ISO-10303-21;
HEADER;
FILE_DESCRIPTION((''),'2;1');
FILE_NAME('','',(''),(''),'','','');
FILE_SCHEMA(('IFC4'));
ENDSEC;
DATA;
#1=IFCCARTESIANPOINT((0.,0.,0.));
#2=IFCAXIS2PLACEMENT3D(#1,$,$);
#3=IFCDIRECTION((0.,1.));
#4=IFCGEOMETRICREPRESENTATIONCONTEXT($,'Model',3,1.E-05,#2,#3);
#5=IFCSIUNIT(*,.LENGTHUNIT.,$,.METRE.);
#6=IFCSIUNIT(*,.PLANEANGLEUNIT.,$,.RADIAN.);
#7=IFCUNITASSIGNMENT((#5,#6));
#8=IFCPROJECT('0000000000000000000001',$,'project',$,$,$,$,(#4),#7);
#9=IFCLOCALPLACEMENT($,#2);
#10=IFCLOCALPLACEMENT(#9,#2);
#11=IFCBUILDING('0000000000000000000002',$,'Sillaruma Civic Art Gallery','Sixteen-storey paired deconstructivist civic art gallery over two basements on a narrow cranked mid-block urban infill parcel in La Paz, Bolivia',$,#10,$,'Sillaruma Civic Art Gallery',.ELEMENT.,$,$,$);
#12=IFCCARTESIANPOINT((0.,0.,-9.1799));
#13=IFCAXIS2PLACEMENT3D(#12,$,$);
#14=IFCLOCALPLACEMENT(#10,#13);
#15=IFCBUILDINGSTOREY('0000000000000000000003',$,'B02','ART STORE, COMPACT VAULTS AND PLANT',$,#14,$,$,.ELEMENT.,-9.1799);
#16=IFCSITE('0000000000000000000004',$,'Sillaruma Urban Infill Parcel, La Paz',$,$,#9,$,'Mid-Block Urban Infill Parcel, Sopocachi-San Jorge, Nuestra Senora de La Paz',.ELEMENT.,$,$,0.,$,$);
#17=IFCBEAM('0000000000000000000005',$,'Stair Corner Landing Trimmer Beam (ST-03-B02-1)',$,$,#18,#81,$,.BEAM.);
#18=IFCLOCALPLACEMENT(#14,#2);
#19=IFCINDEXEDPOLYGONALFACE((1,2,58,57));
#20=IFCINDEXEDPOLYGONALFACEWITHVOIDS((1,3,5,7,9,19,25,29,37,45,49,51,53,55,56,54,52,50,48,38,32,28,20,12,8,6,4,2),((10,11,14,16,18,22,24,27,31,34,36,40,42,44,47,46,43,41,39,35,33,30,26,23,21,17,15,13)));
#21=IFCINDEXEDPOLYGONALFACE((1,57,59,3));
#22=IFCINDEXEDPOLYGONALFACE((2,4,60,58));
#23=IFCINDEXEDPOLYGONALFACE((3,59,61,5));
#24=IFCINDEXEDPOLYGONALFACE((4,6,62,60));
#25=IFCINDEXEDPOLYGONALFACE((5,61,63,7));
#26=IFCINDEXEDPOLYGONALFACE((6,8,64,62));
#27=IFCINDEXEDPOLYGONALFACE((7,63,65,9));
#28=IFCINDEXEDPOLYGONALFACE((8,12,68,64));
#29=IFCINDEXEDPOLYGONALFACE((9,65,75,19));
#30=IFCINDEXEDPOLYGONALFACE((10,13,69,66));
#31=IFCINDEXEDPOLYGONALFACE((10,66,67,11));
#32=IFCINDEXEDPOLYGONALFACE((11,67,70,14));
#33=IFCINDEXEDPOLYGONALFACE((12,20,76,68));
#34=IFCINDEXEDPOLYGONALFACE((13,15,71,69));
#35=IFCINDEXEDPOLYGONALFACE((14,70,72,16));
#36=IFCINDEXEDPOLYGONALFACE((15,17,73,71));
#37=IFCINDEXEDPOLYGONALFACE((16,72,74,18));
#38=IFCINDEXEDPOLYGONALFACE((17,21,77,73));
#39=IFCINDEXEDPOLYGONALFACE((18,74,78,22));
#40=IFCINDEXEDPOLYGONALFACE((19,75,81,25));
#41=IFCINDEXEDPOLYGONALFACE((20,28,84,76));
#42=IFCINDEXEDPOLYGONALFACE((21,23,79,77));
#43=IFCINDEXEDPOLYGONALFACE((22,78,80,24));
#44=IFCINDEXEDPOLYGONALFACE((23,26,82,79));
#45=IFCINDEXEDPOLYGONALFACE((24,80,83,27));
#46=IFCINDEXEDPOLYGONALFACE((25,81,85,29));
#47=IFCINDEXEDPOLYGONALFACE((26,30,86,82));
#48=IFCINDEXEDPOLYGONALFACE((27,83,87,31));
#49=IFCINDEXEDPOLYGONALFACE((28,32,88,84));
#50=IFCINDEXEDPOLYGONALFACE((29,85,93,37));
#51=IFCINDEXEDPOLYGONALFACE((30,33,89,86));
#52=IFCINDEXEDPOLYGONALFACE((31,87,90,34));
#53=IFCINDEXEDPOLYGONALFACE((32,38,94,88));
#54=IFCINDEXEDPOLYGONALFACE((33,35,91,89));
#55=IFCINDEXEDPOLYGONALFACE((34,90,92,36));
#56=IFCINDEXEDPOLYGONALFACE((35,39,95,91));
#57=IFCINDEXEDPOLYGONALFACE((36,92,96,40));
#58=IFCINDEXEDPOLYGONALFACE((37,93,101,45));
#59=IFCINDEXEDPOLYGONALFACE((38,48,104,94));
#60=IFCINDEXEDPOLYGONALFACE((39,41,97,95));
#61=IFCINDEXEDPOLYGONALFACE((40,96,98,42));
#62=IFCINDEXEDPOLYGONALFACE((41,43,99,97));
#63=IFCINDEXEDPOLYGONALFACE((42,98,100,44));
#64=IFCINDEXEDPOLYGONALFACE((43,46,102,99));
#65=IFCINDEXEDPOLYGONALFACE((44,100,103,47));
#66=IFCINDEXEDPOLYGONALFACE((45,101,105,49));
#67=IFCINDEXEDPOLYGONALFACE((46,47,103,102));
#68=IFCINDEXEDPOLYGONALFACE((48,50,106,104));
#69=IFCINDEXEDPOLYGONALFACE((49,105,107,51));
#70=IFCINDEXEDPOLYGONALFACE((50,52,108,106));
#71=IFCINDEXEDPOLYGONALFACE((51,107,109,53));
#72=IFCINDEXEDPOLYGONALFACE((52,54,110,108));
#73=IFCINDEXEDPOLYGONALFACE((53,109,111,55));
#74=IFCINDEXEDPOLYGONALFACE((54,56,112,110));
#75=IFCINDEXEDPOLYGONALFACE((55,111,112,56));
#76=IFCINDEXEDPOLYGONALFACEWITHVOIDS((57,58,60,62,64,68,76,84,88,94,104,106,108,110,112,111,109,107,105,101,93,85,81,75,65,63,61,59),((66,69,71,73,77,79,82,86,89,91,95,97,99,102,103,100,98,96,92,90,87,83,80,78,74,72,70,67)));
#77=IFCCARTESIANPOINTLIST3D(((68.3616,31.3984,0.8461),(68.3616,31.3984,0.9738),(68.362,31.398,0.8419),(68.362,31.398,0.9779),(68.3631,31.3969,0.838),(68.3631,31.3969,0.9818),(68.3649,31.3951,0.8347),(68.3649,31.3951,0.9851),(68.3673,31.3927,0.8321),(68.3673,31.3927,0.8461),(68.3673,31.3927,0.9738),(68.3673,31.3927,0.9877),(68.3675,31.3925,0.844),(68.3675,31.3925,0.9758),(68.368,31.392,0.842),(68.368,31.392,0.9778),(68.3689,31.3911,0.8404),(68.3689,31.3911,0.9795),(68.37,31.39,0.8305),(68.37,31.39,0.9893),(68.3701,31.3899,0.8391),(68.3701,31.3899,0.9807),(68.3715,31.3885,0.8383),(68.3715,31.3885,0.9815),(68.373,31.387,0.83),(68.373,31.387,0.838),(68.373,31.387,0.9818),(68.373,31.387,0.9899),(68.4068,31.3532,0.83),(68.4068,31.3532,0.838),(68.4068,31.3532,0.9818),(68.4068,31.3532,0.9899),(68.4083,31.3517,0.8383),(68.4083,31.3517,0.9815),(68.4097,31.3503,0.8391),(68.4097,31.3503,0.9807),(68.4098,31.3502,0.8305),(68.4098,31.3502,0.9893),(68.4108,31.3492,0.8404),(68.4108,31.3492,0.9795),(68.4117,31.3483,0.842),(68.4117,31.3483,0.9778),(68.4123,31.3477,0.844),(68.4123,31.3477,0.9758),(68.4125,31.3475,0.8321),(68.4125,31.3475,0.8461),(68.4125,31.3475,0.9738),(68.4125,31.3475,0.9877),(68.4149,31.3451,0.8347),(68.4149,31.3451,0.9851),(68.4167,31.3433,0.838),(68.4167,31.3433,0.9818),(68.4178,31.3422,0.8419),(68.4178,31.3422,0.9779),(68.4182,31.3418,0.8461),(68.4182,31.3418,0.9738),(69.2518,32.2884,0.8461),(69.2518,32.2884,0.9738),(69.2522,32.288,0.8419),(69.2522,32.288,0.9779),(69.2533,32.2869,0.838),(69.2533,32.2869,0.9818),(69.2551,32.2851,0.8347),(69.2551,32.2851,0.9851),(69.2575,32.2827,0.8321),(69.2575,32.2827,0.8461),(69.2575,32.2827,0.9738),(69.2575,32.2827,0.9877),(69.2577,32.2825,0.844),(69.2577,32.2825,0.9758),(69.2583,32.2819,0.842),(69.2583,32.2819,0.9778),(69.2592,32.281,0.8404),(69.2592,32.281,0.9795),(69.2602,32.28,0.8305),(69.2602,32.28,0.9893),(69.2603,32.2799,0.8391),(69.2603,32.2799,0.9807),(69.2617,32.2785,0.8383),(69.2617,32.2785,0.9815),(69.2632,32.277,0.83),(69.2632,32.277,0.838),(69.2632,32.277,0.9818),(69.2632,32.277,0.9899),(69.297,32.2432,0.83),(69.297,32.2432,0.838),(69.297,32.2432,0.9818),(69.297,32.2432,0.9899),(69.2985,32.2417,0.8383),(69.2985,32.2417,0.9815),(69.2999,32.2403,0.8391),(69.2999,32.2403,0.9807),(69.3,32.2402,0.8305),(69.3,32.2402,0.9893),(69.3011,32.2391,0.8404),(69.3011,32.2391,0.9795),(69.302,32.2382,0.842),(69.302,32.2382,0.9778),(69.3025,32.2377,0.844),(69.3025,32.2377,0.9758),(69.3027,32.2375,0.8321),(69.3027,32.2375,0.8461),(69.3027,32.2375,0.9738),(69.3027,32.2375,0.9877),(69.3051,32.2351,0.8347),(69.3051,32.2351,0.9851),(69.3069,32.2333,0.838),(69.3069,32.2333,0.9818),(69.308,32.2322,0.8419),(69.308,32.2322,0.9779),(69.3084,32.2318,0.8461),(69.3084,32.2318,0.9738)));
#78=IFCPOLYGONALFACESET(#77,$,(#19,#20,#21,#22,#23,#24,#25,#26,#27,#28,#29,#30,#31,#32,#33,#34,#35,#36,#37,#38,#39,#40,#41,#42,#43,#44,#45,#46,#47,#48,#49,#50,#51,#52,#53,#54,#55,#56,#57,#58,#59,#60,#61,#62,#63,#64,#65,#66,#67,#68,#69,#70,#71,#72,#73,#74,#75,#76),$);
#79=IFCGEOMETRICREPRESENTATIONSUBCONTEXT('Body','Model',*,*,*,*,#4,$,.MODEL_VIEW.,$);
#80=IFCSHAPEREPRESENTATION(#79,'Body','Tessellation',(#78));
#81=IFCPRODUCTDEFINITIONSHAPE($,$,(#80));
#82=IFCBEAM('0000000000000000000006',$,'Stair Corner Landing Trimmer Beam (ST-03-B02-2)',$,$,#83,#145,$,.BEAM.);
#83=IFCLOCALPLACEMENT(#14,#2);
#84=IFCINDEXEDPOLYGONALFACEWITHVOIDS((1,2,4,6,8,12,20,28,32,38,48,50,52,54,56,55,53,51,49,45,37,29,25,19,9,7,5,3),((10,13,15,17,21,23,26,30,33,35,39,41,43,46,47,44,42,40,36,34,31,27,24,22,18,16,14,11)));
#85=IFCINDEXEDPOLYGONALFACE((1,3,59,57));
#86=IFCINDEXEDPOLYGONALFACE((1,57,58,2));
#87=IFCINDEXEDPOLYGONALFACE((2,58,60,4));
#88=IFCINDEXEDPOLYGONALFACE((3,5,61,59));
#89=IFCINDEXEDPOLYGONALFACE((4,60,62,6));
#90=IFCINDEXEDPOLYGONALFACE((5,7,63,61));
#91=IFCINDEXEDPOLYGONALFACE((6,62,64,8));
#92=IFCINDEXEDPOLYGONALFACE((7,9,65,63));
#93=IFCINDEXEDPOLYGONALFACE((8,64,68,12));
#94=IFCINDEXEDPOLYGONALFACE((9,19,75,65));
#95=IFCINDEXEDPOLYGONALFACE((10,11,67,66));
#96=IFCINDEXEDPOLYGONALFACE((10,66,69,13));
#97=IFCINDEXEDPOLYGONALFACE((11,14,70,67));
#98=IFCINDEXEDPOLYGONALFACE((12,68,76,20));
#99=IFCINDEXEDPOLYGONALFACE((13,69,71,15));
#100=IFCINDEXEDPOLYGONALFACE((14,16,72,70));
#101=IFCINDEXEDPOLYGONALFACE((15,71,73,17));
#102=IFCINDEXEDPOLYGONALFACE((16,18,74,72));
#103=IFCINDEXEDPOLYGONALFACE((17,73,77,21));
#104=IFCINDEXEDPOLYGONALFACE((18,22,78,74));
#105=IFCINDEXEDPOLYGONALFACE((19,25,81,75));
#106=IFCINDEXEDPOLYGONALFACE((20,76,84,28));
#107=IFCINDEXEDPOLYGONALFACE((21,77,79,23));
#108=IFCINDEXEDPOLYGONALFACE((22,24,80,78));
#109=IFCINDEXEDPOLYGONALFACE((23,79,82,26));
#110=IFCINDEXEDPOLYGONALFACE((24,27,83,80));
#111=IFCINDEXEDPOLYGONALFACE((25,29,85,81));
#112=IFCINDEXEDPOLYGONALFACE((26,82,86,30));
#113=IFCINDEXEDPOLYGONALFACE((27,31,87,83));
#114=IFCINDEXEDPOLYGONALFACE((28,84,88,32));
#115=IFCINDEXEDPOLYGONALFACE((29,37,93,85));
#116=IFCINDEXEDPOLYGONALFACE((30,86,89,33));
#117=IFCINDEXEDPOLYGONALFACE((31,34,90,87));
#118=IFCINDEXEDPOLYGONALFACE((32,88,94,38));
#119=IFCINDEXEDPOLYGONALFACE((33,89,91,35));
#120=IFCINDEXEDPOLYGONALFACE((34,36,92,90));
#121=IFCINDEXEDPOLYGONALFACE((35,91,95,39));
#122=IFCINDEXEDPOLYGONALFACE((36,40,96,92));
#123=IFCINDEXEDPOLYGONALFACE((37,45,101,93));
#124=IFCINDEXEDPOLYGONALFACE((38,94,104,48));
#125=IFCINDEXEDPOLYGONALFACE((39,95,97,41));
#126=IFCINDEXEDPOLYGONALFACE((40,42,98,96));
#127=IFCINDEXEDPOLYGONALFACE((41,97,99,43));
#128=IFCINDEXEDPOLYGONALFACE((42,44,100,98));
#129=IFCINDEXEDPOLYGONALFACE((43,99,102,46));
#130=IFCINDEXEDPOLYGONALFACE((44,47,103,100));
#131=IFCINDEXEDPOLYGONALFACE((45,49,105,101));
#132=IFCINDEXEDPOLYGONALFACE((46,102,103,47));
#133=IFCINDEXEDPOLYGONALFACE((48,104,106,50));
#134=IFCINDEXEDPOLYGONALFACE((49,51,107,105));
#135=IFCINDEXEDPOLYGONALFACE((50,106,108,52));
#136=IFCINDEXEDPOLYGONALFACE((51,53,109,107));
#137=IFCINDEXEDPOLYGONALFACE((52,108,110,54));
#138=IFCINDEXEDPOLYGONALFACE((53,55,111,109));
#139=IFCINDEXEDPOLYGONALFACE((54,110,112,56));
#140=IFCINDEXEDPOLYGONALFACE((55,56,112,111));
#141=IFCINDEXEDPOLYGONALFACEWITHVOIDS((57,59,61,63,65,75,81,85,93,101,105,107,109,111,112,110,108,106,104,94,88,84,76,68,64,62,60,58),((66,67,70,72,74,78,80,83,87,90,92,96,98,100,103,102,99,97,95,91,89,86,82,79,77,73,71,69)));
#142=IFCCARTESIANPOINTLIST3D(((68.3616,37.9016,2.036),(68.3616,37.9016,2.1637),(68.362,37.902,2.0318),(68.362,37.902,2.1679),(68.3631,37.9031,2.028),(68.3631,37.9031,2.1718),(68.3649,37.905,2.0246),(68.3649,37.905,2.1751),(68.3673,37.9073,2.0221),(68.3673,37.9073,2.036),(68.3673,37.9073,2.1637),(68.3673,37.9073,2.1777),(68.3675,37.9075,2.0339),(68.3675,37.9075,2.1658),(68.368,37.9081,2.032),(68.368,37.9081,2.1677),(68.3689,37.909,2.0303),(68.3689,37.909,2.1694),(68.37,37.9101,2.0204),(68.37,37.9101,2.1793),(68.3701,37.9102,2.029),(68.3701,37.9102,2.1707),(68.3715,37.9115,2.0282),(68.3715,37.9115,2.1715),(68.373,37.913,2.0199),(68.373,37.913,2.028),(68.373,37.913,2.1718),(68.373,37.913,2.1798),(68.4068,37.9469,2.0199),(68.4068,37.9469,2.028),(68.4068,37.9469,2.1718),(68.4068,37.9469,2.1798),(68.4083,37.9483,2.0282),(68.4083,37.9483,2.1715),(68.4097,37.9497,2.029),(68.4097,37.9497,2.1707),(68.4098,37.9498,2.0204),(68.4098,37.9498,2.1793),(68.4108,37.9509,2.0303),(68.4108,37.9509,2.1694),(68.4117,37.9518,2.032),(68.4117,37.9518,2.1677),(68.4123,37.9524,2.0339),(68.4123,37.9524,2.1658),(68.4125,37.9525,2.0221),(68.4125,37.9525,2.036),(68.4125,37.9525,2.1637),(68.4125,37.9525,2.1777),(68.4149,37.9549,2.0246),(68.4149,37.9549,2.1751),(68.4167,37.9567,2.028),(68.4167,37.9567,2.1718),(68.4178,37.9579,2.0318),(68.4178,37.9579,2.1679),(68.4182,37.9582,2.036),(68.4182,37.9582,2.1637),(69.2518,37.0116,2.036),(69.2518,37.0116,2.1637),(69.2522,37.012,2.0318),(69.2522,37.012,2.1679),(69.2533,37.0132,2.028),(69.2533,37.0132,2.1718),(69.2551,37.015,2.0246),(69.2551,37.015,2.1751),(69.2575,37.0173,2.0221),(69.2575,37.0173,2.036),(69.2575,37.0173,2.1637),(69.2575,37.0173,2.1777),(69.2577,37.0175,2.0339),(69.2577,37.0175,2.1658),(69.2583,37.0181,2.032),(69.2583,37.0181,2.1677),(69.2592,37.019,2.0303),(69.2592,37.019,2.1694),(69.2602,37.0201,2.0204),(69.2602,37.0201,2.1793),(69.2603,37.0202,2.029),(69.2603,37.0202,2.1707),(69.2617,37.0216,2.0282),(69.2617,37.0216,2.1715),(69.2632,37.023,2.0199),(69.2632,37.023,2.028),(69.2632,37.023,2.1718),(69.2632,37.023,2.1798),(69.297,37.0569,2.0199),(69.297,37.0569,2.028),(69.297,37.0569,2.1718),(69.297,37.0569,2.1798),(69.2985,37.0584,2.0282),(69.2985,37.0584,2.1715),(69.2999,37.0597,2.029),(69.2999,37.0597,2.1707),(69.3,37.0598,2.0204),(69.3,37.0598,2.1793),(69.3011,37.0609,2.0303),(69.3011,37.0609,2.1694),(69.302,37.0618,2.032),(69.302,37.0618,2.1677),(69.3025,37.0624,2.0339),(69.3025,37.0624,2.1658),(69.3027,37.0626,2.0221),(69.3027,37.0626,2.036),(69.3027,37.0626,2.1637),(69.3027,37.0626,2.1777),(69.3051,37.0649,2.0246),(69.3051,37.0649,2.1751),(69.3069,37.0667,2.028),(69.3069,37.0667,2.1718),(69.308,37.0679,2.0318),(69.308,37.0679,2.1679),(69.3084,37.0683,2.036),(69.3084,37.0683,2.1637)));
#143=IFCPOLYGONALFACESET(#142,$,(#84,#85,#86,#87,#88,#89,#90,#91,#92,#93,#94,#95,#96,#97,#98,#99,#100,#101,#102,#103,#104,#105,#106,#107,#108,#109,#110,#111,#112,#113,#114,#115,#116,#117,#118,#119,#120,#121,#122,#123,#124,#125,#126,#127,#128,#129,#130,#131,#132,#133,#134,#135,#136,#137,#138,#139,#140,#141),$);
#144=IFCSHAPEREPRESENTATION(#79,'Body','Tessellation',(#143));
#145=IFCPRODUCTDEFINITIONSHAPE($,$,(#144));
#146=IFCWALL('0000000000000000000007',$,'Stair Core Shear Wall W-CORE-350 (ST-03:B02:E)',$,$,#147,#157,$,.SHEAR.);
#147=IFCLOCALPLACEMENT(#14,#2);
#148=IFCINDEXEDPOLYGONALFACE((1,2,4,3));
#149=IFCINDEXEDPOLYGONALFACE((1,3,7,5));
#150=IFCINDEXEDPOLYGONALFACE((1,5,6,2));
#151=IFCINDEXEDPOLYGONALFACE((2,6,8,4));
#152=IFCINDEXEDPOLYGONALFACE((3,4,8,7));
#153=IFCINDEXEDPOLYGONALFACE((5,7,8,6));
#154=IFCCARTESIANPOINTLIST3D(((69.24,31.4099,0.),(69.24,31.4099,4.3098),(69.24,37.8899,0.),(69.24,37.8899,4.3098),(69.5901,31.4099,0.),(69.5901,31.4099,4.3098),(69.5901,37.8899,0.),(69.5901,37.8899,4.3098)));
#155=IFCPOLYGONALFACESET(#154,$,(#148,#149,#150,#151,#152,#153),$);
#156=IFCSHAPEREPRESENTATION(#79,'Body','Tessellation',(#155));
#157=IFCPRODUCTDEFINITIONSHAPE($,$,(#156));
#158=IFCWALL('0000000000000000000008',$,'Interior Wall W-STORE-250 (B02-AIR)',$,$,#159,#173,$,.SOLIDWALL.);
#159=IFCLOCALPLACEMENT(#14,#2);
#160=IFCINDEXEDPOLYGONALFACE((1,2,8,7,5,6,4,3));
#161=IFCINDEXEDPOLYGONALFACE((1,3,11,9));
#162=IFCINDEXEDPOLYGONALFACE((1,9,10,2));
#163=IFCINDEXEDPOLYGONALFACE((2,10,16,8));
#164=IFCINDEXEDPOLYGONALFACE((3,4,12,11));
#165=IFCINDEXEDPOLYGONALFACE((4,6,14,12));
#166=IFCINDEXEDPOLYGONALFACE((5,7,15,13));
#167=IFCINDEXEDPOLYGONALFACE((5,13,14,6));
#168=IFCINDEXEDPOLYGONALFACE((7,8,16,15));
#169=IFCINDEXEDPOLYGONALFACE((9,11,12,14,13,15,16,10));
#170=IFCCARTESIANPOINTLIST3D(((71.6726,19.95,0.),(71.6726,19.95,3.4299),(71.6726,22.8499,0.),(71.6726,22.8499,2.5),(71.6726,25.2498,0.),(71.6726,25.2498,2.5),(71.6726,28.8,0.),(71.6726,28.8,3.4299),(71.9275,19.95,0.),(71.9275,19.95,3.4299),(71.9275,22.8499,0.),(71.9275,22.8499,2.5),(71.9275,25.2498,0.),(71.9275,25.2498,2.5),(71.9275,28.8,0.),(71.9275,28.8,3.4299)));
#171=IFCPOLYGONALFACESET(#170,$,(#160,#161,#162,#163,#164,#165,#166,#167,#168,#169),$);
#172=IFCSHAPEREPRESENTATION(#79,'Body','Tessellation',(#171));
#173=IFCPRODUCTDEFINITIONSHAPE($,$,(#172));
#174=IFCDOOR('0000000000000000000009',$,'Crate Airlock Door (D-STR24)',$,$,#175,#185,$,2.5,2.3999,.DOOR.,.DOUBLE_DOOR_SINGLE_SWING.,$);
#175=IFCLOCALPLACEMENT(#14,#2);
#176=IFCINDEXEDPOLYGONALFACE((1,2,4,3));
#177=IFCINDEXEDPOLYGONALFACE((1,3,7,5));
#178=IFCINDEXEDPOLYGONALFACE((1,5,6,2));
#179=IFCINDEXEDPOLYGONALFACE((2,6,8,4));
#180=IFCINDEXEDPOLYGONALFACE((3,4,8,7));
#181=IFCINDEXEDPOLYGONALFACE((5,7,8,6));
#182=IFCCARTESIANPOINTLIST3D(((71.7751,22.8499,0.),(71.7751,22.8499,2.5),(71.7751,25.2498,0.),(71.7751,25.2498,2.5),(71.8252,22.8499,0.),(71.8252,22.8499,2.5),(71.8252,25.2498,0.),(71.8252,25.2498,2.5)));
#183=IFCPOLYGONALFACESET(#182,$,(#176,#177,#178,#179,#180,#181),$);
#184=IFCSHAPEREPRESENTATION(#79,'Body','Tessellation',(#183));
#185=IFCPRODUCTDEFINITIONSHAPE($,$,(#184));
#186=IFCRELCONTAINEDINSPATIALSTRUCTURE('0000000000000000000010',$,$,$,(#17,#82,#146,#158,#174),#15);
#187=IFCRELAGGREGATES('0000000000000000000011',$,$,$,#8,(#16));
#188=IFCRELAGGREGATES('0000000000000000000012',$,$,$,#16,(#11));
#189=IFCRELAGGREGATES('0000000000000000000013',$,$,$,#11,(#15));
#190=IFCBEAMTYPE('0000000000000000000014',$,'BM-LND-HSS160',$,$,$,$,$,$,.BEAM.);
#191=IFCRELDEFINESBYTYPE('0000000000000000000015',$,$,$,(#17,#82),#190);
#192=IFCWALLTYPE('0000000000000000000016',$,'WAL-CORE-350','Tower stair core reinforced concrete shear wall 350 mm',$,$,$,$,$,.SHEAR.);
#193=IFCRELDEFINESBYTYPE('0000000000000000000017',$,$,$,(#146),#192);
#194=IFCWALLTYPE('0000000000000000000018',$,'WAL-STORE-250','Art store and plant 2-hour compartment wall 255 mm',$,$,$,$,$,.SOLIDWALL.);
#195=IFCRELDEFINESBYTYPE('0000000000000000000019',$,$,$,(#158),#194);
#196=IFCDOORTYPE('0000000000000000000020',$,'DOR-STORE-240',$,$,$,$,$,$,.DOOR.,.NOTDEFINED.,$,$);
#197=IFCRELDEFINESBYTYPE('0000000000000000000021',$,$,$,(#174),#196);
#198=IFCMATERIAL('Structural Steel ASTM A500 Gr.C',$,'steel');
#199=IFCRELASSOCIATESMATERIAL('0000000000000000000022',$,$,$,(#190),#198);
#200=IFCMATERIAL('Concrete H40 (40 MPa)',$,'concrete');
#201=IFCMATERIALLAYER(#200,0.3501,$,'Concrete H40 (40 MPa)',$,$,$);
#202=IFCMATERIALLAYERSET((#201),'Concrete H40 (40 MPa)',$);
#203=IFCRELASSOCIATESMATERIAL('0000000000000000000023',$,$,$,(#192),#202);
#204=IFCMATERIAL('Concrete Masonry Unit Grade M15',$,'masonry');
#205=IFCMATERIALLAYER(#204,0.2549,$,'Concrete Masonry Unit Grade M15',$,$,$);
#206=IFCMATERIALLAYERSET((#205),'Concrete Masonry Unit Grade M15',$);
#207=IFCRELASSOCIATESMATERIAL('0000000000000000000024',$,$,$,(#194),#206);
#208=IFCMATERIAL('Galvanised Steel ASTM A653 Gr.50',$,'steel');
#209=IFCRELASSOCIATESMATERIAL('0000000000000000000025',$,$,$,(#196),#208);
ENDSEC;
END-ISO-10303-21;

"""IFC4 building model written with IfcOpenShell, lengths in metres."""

from ifc_helpers import new_model, si_unit, direction, frame, frame_2d, origin, origin_2d, place, context, subcontext, project, spatial, rectangle, hollow_rectangle, extrude, material, layer, layer_set, material_profile, profile_set, type_object, element, fill, save


model = new_model("IFC4")

# Units and contexts
model_context = context("Model", 3, precision=1e-05, world=origin(), true_north=direction((0.0, 1.0)))
body_context = subcontext(model_context, "Body", "Model", "MODEL_VIEW")
ifc_project = project(units=[si_unit("LENGTHUNIT", "METRE"), si_unit("PLANEANGLEUNIT", "RADIAN")], contexts=[model_context])

# Site, building, storey
site_placement = place(None, origin())
site = spatial("IfcSite", under=ifc_project, at=site_placement, Name="Sillaruma Urban Infill Parcel, La Paz", LongName="Mid-Block Urban Infill Parcel, Sopocachi-San Jorge, Nuestra Senora de La Paz", CompositionType="ELEMENT", RefElevation=0.0)
building_placement = place(site_placement, origin())
building = spatial("IfcBuilding", under=site, at=building_placement, Name="Sillaruma Civic Art Gallery", Description="Sixteen-storey paired deconstructivist civic art gallery over two basements on a narrow cranked mid-block urban infill parcel in La Paz, Bolivia", LongName="Sillaruma Civic Art Gallery", CompositionType="ELEMENT")
storey_placement = place(building_placement, frame((0.0, 0.0, -9.1799)))
storey = spatial("IfcBuildingStorey", under=building, at=storey_placement, Name="B02", Description="ART STORE, COMPACT VAULTS AND PLANT", CompositionType="ELEMENT", Elevation=-9.1799)

# Shared definitions
ifc_material_1 = material(Name="Concrete H40 (40 MPa)", Category="concrete")

# Beams
ifc_material_2 = material(Name="Structural Steel ASTM A500 Gr.C", Category="steel")
ifc_material_profile_1 = material_profile(ifc_material_2, hollow_rectangle(XDim=0.0801, YDim=0.1599, WallThickness=0.0081, InnerFilletRadius=0.0081, OuterFilletRadius=0.0161, at=origin_2d()), Name="HSS160x80x8")
ifc_profile_set_1 = profile_set([ifc_material_profile_1], Name="Structural Steel ASTM A500 Gr.C")
beam_type = type_object("IfcBeamType", Name="BM-LND-HSS160", PredefinedType="BEAM", material=ifc_profile_set_1)
for number, where, z_axis, x_axis, name in (
    (1, (68.3899, 31.3701, 0.9099), (0.707204, 0.70701, 0.0), (-0.70701, 0.707204, 0.0), "Stair Corner Landing Trimmer Beam (ST-03-B02-1)"),
    (2, (68.3899, 37.9299, 2.0999), (0.707204, -0.70701, 0.0), (0.70701, 0.707204, 0.0), "Stair Corner Landing Trimmer Beam (ST-03-B02-2)"),
):
    element("IfcBeam", number, at=place(storey_placement, frame(where, z_axis=z_axis, x_axis=x_axis)), inside=storey, type_object=beam_type, Name=name, PredefinedType="BEAM", context=body_context, shape_type="SweptSolid", body=[
        extrude(hollow_rectangle(XDim=0.0801, YDim=0.1599, WallThickness=0.0081, InnerFilletRadius=0.0081, OuterFilletRadius=0.0161, at=origin_2d()), origin(), (0.0, 0.0, 1.0), 1.2588),
    ])

# Wall
ifc_layer_1 = layer(ifc_material_1, 0.3501, Name="Concrete H40 (40 MPa)")
ifc_layer_set_1 = layer_set([ifc_layer_1], Name="Concrete H40 (40 MPa)")
wall_type_1 = type_object("IfcWallType", Name="WAL-CORE-350", Description="Tower stair core reinforced concrete shear wall 350 mm", PredefinedType="SHEAR", material=ifc_layer_set_1)
wall_1_placement = place(storey_placement, frame((69.415, 31.4099, 0.0), z_axis=(0.0, 0.0, 1.0), x_axis=(0.0, 1.0, 0.0)))
element("IfcWall", 3, at=wall_1_placement, inside=storey, type_object=wall_type_1, Name="Stair Core Shear Wall W-CORE-350 (ST-03:B02:E)", PredefinedType="SHEAR", context=body_context, shape_type="SweptSolid", body=[
    extrude(rectangle(XDim=6.48, YDim=0.3501, at=frame_2d((3.24, 0.0))), origin(), (0.0, 0.0, 1.0), 4.3098),
])

# Wall, opening, door
ifc_material_3 = material(Name="Galvanised Steel ASTM A653 Gr.50", Category="steel")
ifc_material_4 = material(Name="Concrete Masonry Unit Grade M15", Category="masonry")
ifc_layer_2 = layer(ifc_material_4, 0.2549, Name="Concrete Masonry Unit Grade M15")
ifc_layer_set_2 = layer_set([ifc_layer_2], Name="Concrete Masonry Unit Grade M15")
wall_type_2 = type_object("IfcWallType", Name="WAL-STORE-250", Description="Art store and plant 2-hour compartment wall 255 mm", PredefinedType="SOLIDWALL", material=ifc_layer_set_2)
wall_2_placement = place(storey_placement, frame((71.8, 19.95, 0.0), z_axis=(0.0, 0.0, 1.0), x_axis=(0.0, 1.0, 0.0)))
wall_2 = element("IfcWall", 4, at=wall_2_placement, inside=storey, type_object=wall_type_2, Name="Interior Wall W-STORE-250 (B02-AIR)", PredefinedType="SOLIDWALL", context=body_context, shape_type="SweptSolid", body=[
    extrude(rectangle(XDim=8.8501, YDim=0.2549, at=frame_2d((4.425, 0.0))), origin(), (0.0, 0.0, 1.0), 3.4299),
])
opening_1_placement = place(wall_2_placement, frame((2.8999, 0.0, 0.0)))
opening_1 = element("IfcOpeningElement", 5, at=opening_1_placement, cuts=wall_2, PredefinedType="OPENING", context=body_context, shape_type="SweptSolid", body=[
    extrude(rectangle(XDim=2.3999, YDim=2.5, at=frame_2d((1.2, 1.25))), frame((0.0, 0.1375, 0.0), z_axis=(0.0, -1.0, 0.0), x_axis=(1.0, 0.0, 0.0)), (0.0, 0.0, 1.0), 0.2749),
])
door_type_1 = type_object("IfcDoorType", Name="DOR-STORE-240", OperationType="NOTDEFINED", PredefinedType="DOOR", material=ifc_material_3)
door_1_placement = place(opening_1_placement, origin())
door_1 = element("IfcDoor", 6, at=door_1_placement, inside=storey, type_object=door_type_1, Name="Crate Airlock Door (D-STR24)", OperationType="DOUBLE_DOOR_SINGLE_SWING", OverallHeight=2.5, OverallWidth=2.3999, PredefinedType="DOOR", context=body_context, shape_type="SweptSolid", body=[
    extrude(rectangle(XDim=2.3999, YDim=2.5, at=frame_2d((1.2, 1.25))), frame((0.0, 0.0249, 0.0), z_axis=(0.0, -1.0, 0.0), x_axis=(1.0, 0.0, 0.0)), (0.0, 0.0, 1.0), 0.05),
])
fill(opening_1, door_1)

save(model, "model.ifc")
